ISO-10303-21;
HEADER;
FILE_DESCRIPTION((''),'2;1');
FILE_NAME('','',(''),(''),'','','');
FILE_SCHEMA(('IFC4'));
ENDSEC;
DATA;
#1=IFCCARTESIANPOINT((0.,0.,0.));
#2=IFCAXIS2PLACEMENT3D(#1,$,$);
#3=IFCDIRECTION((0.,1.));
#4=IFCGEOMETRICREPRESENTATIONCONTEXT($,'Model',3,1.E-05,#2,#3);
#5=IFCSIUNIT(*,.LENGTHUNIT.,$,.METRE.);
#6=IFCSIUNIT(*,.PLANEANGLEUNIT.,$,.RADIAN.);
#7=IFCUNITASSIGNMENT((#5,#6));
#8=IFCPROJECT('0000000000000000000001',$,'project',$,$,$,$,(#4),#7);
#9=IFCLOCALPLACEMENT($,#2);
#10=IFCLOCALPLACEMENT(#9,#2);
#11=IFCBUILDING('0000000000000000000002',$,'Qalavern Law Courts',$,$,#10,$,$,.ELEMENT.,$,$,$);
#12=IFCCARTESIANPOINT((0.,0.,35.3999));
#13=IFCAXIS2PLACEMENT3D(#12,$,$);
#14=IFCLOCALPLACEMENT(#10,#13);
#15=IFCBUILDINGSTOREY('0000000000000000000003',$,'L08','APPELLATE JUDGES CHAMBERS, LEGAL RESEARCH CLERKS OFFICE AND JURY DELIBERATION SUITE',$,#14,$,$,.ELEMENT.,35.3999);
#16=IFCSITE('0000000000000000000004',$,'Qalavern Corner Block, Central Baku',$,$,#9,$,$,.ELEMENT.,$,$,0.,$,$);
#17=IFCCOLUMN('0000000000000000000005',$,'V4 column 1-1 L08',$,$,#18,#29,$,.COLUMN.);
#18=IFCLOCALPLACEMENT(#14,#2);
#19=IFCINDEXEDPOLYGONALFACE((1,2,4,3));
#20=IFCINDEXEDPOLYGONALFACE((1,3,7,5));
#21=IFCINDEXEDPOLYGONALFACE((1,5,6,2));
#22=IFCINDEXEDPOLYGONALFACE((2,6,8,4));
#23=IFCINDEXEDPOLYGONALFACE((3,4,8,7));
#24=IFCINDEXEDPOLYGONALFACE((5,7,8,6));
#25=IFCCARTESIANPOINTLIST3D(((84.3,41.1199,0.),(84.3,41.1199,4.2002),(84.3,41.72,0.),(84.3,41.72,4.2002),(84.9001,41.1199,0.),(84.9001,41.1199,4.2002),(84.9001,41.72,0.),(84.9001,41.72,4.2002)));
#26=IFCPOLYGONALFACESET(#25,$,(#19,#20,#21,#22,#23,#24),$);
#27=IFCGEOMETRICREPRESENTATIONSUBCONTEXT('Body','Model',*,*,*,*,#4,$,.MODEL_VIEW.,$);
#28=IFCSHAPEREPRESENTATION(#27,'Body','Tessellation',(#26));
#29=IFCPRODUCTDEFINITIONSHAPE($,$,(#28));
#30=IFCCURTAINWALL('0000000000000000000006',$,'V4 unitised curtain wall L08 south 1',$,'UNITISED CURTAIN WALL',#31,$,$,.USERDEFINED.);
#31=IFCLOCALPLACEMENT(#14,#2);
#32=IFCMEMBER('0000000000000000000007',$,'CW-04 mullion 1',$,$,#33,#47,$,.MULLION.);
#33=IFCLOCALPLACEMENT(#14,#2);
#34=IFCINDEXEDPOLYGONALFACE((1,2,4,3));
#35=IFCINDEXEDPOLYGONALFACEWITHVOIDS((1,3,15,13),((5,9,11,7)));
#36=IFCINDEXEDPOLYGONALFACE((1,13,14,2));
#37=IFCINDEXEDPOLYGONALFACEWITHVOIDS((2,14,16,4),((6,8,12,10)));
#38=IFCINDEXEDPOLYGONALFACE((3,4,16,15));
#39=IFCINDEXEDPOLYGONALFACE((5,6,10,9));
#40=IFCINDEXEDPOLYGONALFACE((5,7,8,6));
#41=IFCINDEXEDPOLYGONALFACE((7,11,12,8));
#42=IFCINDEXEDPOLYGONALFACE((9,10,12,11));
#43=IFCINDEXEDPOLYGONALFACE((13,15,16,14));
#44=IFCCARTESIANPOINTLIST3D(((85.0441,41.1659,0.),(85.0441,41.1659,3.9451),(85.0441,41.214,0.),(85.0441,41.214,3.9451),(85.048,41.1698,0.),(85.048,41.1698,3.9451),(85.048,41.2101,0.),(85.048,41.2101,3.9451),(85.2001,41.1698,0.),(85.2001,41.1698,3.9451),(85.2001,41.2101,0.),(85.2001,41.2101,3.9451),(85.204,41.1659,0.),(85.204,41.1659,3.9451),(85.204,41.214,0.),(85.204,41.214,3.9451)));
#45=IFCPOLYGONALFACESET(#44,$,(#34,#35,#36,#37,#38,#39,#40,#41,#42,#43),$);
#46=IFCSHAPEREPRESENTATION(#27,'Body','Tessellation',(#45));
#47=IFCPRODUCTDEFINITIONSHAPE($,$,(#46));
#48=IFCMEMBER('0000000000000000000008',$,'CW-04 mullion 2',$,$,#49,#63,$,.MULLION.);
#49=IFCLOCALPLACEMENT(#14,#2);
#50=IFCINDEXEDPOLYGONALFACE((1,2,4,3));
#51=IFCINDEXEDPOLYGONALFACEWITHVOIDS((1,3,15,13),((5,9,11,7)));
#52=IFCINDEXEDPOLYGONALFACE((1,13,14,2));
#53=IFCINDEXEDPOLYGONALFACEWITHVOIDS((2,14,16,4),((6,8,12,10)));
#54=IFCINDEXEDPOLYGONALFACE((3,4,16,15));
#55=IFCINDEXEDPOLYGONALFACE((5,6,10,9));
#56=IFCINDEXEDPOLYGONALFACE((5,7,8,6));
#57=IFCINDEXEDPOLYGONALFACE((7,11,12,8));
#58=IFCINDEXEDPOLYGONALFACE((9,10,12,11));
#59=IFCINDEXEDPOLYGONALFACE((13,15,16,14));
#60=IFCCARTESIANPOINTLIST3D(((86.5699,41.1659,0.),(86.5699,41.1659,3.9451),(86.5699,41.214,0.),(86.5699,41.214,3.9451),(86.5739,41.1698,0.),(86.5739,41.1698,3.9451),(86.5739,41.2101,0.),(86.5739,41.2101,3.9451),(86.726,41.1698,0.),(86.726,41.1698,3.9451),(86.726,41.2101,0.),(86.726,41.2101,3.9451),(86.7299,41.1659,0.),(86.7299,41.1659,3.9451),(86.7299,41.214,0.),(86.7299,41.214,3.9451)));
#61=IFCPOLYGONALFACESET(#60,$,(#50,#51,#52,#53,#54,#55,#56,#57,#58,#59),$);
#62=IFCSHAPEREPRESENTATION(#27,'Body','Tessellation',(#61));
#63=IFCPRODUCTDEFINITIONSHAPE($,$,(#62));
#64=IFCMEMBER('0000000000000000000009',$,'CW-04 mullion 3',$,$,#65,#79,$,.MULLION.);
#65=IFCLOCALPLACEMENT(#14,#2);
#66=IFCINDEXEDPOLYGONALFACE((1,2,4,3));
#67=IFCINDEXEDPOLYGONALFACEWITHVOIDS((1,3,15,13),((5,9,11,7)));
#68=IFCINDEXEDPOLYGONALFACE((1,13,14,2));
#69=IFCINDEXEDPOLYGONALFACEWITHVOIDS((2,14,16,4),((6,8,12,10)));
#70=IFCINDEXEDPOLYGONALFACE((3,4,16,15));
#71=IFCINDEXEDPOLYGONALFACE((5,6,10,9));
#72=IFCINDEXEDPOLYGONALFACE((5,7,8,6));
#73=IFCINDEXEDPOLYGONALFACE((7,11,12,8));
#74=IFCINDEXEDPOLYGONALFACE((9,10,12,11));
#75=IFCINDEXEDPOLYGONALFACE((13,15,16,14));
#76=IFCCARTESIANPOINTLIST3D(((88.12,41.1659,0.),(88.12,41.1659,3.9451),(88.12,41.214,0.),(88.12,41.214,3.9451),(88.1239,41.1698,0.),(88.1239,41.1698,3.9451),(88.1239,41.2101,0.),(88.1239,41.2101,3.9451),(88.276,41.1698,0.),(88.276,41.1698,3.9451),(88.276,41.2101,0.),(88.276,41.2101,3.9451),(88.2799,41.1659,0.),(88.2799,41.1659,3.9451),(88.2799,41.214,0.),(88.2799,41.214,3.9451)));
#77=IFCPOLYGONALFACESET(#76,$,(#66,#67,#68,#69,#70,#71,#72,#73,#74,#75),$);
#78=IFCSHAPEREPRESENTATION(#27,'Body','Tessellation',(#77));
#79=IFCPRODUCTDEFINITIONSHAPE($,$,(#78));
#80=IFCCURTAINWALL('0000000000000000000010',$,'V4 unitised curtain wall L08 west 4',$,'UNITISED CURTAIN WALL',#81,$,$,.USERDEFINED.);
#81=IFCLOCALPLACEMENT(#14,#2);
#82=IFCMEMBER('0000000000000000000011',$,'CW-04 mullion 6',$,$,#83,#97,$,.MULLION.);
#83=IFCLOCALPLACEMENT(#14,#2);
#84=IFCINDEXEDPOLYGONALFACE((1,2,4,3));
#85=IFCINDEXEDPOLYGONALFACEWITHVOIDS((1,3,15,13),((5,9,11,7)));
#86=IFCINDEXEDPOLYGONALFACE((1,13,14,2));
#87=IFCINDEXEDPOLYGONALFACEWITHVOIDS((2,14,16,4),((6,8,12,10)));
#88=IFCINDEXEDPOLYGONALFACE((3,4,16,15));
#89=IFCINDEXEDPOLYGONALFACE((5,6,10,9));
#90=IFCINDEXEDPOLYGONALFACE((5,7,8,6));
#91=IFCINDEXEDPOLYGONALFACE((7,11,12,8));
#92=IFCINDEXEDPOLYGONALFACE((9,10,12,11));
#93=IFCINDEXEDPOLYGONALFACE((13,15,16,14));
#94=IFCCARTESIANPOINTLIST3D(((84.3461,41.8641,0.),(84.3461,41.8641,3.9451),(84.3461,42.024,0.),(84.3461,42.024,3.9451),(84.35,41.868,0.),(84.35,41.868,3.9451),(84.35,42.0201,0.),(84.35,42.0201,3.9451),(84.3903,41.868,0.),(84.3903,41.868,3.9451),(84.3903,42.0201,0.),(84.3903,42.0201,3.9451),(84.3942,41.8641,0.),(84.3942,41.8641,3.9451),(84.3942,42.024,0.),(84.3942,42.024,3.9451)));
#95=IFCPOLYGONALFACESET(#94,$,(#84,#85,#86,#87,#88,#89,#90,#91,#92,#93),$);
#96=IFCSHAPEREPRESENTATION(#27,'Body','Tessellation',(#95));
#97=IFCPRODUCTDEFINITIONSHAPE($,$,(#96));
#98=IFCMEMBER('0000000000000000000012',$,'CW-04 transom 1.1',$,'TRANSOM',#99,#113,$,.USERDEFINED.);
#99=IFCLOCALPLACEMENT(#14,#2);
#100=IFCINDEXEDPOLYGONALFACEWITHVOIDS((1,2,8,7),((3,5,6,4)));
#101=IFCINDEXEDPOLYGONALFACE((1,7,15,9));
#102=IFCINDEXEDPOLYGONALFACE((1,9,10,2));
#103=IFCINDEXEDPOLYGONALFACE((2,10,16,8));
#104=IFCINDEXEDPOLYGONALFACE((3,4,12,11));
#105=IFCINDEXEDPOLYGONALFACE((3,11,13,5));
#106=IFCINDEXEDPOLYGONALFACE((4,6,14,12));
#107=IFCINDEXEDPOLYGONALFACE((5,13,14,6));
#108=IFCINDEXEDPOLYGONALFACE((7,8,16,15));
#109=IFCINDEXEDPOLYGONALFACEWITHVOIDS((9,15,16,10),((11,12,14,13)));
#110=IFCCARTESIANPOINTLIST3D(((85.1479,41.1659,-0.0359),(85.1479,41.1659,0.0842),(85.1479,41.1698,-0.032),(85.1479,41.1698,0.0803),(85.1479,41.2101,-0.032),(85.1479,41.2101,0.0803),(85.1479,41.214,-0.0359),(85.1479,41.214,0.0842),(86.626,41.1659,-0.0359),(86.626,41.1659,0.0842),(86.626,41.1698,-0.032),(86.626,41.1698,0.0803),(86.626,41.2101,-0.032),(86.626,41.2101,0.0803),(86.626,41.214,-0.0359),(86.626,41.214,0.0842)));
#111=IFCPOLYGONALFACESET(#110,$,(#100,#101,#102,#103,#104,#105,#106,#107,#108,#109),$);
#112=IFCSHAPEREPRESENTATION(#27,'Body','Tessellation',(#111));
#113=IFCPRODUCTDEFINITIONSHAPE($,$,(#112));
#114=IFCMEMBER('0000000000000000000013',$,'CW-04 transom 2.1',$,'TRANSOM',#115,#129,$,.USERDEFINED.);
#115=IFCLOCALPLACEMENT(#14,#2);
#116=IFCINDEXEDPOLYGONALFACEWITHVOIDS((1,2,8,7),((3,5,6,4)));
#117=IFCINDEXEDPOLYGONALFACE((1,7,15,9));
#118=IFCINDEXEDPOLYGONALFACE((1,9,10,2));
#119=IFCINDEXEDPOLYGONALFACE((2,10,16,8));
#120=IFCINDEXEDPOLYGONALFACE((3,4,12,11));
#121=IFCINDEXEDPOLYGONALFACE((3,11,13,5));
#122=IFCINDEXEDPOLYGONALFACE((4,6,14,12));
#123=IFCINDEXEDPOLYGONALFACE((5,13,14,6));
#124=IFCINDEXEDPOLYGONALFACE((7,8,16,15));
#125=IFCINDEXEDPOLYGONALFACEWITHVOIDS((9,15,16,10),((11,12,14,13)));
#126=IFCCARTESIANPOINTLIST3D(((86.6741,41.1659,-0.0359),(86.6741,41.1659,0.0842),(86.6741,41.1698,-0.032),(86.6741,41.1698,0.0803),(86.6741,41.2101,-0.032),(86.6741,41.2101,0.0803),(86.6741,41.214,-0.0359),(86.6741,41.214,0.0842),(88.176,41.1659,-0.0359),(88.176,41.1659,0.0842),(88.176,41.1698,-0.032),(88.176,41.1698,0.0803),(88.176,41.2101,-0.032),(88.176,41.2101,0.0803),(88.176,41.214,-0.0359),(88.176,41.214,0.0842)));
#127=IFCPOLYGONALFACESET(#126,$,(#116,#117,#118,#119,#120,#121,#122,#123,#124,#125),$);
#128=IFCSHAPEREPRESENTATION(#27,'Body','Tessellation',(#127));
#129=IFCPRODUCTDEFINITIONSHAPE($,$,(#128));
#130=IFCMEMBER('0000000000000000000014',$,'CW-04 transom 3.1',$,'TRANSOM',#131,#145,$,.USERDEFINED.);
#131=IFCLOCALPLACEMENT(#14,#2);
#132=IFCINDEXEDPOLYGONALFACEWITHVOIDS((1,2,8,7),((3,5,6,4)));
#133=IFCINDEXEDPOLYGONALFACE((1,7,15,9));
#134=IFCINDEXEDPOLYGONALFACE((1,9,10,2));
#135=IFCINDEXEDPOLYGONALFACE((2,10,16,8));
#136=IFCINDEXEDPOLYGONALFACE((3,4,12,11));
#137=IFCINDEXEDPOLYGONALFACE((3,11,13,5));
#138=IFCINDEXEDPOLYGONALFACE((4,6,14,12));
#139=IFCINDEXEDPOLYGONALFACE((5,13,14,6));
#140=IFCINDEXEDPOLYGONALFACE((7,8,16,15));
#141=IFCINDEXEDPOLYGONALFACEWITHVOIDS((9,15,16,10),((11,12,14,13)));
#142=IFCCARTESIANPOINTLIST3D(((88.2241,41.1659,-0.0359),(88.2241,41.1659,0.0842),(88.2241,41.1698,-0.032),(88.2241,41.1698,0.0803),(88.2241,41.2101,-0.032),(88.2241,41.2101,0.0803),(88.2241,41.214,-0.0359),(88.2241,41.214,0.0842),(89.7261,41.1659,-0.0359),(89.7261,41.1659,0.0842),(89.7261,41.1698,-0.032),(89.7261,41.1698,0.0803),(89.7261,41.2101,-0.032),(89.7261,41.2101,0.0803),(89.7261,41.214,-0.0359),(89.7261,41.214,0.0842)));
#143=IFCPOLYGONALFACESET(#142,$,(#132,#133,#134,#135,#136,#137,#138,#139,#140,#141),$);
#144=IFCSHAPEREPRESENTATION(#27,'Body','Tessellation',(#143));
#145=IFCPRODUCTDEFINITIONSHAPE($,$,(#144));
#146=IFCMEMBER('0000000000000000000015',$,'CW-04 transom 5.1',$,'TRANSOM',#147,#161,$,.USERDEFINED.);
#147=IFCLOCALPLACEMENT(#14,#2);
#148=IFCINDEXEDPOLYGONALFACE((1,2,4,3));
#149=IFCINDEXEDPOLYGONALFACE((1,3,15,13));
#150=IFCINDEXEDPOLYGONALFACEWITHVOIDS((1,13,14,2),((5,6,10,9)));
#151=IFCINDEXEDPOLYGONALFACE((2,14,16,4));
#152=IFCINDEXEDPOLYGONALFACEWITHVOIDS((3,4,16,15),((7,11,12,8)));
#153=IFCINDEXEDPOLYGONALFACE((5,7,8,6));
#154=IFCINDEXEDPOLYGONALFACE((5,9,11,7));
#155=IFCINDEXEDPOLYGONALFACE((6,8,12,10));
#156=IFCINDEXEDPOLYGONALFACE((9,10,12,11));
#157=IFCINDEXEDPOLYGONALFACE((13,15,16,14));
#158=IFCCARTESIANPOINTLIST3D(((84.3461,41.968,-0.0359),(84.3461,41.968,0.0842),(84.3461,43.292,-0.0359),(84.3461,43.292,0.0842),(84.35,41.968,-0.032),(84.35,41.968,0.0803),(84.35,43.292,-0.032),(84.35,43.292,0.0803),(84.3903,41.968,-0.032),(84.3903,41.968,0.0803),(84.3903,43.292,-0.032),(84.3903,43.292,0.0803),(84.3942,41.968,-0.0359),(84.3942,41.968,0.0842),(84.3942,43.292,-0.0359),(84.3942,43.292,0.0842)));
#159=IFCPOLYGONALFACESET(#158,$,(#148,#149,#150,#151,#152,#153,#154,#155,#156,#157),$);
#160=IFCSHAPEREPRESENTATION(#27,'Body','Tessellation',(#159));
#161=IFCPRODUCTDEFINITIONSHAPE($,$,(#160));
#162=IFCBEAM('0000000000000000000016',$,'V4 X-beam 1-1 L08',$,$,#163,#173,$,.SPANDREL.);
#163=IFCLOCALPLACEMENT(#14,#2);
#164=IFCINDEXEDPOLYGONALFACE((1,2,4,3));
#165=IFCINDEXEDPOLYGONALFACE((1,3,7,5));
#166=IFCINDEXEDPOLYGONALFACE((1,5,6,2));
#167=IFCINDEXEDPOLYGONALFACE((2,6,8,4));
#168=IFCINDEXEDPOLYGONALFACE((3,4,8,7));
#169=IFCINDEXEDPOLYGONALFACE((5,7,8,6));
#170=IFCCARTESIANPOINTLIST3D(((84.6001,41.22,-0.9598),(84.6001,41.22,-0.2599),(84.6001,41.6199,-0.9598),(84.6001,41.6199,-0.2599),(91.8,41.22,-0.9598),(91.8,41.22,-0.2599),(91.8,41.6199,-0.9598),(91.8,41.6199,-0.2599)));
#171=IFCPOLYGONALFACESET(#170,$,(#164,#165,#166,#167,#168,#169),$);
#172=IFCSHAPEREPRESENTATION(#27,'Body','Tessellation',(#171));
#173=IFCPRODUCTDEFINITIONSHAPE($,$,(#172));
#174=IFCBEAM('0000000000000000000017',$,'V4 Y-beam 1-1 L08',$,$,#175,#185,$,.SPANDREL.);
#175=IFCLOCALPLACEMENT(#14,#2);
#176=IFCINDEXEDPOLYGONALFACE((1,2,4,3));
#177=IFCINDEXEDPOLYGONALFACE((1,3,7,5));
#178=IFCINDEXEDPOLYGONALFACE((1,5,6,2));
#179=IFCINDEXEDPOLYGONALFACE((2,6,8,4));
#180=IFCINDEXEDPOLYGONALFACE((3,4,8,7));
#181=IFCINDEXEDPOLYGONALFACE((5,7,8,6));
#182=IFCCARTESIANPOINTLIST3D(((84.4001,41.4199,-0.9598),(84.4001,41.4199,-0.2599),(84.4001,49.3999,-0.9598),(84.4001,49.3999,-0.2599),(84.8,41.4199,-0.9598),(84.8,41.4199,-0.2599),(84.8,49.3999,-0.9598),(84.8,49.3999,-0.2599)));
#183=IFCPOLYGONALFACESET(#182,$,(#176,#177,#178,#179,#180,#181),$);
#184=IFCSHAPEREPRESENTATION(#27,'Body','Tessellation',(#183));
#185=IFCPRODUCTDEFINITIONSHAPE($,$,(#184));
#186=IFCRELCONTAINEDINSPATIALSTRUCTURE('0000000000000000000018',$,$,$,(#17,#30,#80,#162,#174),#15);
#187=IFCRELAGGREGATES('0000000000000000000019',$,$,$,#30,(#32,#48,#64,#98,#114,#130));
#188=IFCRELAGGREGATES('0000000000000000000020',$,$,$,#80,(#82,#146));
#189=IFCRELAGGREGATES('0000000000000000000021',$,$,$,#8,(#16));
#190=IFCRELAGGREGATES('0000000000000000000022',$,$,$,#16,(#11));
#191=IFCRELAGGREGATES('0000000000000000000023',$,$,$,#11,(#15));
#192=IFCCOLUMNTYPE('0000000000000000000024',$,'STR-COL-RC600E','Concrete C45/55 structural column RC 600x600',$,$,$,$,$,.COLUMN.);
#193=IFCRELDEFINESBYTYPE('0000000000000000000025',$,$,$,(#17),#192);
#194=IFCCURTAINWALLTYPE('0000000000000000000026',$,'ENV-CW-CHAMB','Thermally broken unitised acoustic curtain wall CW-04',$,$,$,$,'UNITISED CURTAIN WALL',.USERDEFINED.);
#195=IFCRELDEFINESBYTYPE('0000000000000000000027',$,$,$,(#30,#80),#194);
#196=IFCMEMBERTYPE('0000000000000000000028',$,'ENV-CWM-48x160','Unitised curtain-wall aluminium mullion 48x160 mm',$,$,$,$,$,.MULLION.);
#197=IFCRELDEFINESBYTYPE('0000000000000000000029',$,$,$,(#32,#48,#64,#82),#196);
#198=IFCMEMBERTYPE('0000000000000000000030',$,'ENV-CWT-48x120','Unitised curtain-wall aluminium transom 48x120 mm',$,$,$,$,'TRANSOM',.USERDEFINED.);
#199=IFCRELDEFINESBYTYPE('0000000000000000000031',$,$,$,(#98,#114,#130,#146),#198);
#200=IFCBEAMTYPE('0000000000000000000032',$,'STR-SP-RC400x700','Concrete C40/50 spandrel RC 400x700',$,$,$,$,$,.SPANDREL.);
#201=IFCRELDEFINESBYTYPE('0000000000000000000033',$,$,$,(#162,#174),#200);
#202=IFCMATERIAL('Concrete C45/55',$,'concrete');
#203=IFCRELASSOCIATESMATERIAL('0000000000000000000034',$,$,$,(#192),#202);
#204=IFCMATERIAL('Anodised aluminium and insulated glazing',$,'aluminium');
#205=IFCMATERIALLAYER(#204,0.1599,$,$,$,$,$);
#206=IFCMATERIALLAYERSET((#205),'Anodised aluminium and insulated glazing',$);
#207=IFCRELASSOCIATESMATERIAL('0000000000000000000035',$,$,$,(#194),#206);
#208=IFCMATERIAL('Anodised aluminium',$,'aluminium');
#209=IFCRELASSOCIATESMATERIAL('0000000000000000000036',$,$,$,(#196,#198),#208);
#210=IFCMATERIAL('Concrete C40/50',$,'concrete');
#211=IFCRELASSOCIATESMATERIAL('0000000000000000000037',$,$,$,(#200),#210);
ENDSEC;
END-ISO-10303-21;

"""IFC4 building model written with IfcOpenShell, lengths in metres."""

from ifc_helpers import new_model, si_unit, direction, frame, origin, origin_2d, place, context, subcontext, project, spatial, rectangle, hollow_rectangle, extrude, material, layer, layer_set, material_profile, profile_set, type_object, element, aggregate, save


model = new_model("IFC4")

# Units and contexts
model_context = context("Model", 3, precision=1e-05, world=origin(), true_north=direction((0.0, 1.0)))
body_context = subcontext(model_context, "Body", "Model", "MODEL_VIEW")
ifc_project = project(units=[si_unit("LENGTHUNIT", "METRE"), si_unit("PLANEANGLEUNIT", "RADIAN")], contexts=[model_context])

# Site, building, storey
site_placement = place(None, origin())
site = spatial("IfcSite", under=ifc_project, at=site_placement, Name="Qalavern Corner Block, Central Baku", CompositionType="ELEMENT", RefElevation=0.0)
building_placement = place(site_placement, origin())
building = spatial("IfcBuilding", under=site, at=building_placement, Name="Qalavern Law Courts", CompositionType="ELEMENT")
storey_placement = place(building_placement, frame((0.0, 0.0, 35.3999)))
storey = spatial("IfcBuildingStorey", under=building, at=storey_placement, Name="L08", Description="APPELLATE JUDGES CHAMBERS, LEGAL RESEARCH CLERKS OFFICE AND JURY DELIBERATION SUITE", CompositionType="ELEMENT", Elevation=35.3999)

# Column
ifc_material_1 = material(Name="Concrete C45/55", Category="concrete")
ifc_material_profile_1 = material_profile(ifc_material_1, rectangle(XDim=0.6001, YDim=0.6001, at=origin_2d()), Name="RC 600x600")
ifc_profile_set_1 = profile_set([ifc_material_profile_1], Name="Concrete C45/55")
column_type = type_object("IfcColumnType", Name="STR-COL-RC600E", Description="Concrete C45/55 structural column RC 600x600", PredefinedType="COLUMN", material=ifc_profile_set_1)
column_placement = place(storey_placement, frame((84.6001, 41.4199, 0.0), z_axis=(0.0, 0.0, 1.0), x_axis=(1.0, 0.0, 0.0)))
element("IfcColumn", 1, at=column_placement, inside=storey, type_object=column_type, Name="V4 column 1-1 L08", PredefinedType="COLUMN", context=body_context, shape_type="SweptSolid", body=[
    extrude(rectangle(XDim=0.6001, YDim=0.6001, at=origin_2d()), origin(), (0.0, 0.0, 1.0), 4.2002),
])

# Curtain wall, members
ifc_material_2 = material(Name="Anodised aluminium and insulated glazing", Category="aluminium")
ifc_layer_1 = layer(ifc_material_2, 0.1599)
ifc_layer_set_1 = layer_set([ifc_layer_1], Name="Anodised aluminium and insulated glazing")
curtain_wall_type = type_object("IfcCurtainWallType", Name="ENV-CW-CHAMB", Description="Thermally broken unitised acoustic curtain wall CW-04", ElementType="UNITISED CURTAIN WALL", PredefinedType="USERDEFINED", material=ifc_layer_set_1)
curtain_wall_1_placement = place(storey_placement, origin())
curtain_wall_1 = element("IfcCurtainWall", 2, at=curtain_wall_1_placement, inside=storey, type_object=curtain_wall_type, Name="V4 unitised curtain wall L08 south 1", ObjectType="UNITISED CURTAIN WALL", PredefinedType="USERDEFINED")
ifc_material_3 = material(Name="Anodised aluminium", Category="aluminium")
ifc_material_profile_2 = material_profile(ifc_material_3, hollow_rectangle(XDim=0.0481, YDim=0.1599, WallThickness=0.0039, at=origin_2d()), Name="ALU MULLION 48x160")
ifc_profile_set_2 = profile_set([ifc_material_profile_2], Name="Anodised aluminium")
member_type_1 = type_object("IfcMemberType", Name="ENV-CWM-48x160", Description="Unitised curtain-wall aluminium mullion 48x160 mm", PredefinedType="MULLION", material=ifc_profile_set_2)
member_1_placement = place(storey_placement, frame((85.124, 41.1899, 0.0), z_axis=(0.0, 0.0, 1.0), x_axis=(0.0, 1.0, 0.0)))
member_1 = element("IfcMember", 3, at=member_1_placement, type_object=member_type_1, Name="CW-04 mullion 1", PredefinedType="MULLION", context=body_context, shape_type="SweptSolid", body=[
    extrude(hollow_rectangle(XDim=0.0481, YDim=0.1599, WallThickness=0.0039, at=origin_2d()), origin(), (0.0, 0.0, 1.0), 3.9451),
])
member_2_placement = place(storey_placement, frame((86.6499, 41.1899, 0.0), z_axis=(0.0, 0.0, 1.0), x_axis=(0.0, 1.0, 0.0)))
member_2 = element("IfcMember", 4, at=member_2_placement, type_object=member_type_1, Name="CW-04 mullion 2", PredefinedType="MULLION", context=body_context, shape_type="SweptSolid", body=[
    extrude(hollow_rectangle(XDim=0.0481, YDim=0.1599, WallThickness=0.0039, at=origin_2d()), origin(), (0.0, 0.0, 1.0), 3.9451),
])
member_3_placement = place(storey_placement, frame((88.2, 41.1899, 0.0), z_axis=(0.0, 0.0, 1.0), x_axis=(0.0, 1.0, 0.0)))
member_3 = element("IfcMember", 5, at=member_3_placement, type_object=member_type_1, Name="CW-04 mullion 3", PredefinedType="MULLION", context=body_context, shape_type="SweptSolid", body=[
    extrude(hollow_rectangle(XDim=0.0481, YDim=0.1599, WallThickness=0.0039, at=origin_2d()), origin(), (0.0, 0.0, 1.0), 3.9451),
])

# Curtain wall, member
curtain_wall_2_placement = place(storey_placement, origin())
curtain_wall_2 = element("IfcCurtainWall", 6, at=curtain_wall_2_placement, inside=storey, type_object=curtain_wall_type, Name="V4 unitised curtain wall L08 west 4", ObjectType="UNITISED CURTAIN WALL", PredefinedType="USERDEFINED")
member_4_placement = place(storey_placement, frame((84.3701, 41.9441, 0.0), z_axis=(0.0, 0.0, 1.0), x_axis=(1.0, 0.0, 0.0)))
member_4 = element("IfcMember", 7, at=member_4_placement, type_object=member_type_1, Name="CW-04 mullion 6", PredefinedType="MULLION", context=body_context, shape_type="SweptSolid", body=[
    extrude(hollow_rectangle(XDim=0.0481, YDim=0.1599, WallThickness=0.0039, at=origin_2d()), origin(), (0.0, 0.0, 1.0), 3.9451),
])

# Members
ifc_material_profile_3 = material_profile(ifc_material_3, hollow_rectangle(XDim=0.0481, YDim=0.1201, WallThickness=0.0039, at=origin_2d()), Name="ALU TRANSOM 48x120")
ifc_profile_set_3 = profile_set([ifc_material_profile_3], Name="Anodised aluminium")
member_type_2 = type_object("IfcMemberType", Name="ENV-CWT-48x120", Description="Unitised curtain-wall aluminium transom 48x120 mm", ElementType="TRANSOM", PredefinedType="USERDEFINED", material=ifc_profile_set_3)
member_5_placement = place(storey_placement, frame((85.1479, 41.1899, 0.0242), z_axis=(1.0, 0.0, 0.0), x_axis=(0.0, 1.0, 0.0)))
member_5 = element("IfcMember", 8, at=member_5_placement, type_object=member_type_2, Name="CW-04 transom 1.1", ObjectType="TRANSOM", PredefinedType="USERDEFINED", context=body_context, shape_type="SweptSolid", body=[
    extrude(hollow_rectangle(XDim=0.0481, YDim=0.1201, WallThickness=0.0039, at=origin_2d()), origin(), (0.0, 0.0, 1.0), 1.478),
])
member_6_placement = place(storey_placement, frame((86.6741, 41.1899, 0.0242), z_axis=(1.0, 0.0, 0.0), x_axis=(0.0, 1.0, 0.0)))
member_6 = element("IfcMember", 9, at=member_6_placement, type_object=member_type_2, Name="CW-04 transom 2.1", ObjectType="TRANSOM", PredefinedType="USERDEFINED", context=body_context, shape_type="SweptSolid", body=[
    extrude(hollow_rectangle(XDim=0.0481, YDim=0.1201, WallThickness=0.0039, at=origin_2d()), origin(), (0.0, 0.0, 1.0), 1.502),
])
member_7_placement = place(storey_placement, frame((88.2241, 41.1899, 0.0242), z_axis=(1.0, 0.0, 0.0), x_axis=(0.0, 1.0, 0.0)))
member_7 = element("IfcMember", 10, at=member_7_placement, type_object=member_type_2, Name="CW-04 transom 3.1", ObjectType="TRANSOM", PredefinedType="USERDEFINED", context=body_context, shape_type="SweptSolid", body=[
    extrude(hollow_rectangle(XDim=0.0481, YDim=0.1201, WallThickness=0.0039, at=origin_2d()), origin(), (0.0, 0.0, 1.0), 1.502),
])
member_8_placement = place(storey_placement, frame((84.3701, 43.292, 0.0242), z_axis=(0.0, -1.0, 0.0), x_axis=(1.0, 0.0, 0.0)))
member_8 = element("IfcMember", 11, at=member_8_placement, type_object=member_type_2, Name="CW-04 transom 5.1", ObjectType="TRANSOM", PredefinedType="USERDEFINED", context=body_context, shape_type="SweptSolid", body=[
    extrude(hollow_rectangle(XDim=0.0481, YDim=0.1201, WallThickness=0.0039, at=origin_2d()), origin(), (0.0, 0.0, 1.0), 1.324),
])

# Beams
ifc_material_4 = material(Name="Concrete C40/50", Category="concrete")
ifc_material_profile_4 = material_profile(ifc_material_4, rectangle(XDim=0.3999, YDim=0.7, at=origin_2d()), Name="RC 400x700")
ifc_profile_set_4 = profile_set([ifc_material_profile_4], Name="Concrete C40/50")
beam_type = type_object("IfcBeamType", Name="STR-SP-RC400x700", Description="Concrete C40/50 spandrel RC 400x700", PredefinedType="SPANDREL", material=ifc_profile_set_4)
beam_1_placement = place(storey_placement, frame((84.6001, 41.4199, -0.6099), z_axis=(1.0, 0.0, 0.0), x_axis=(0.0, 1.0, 0.0)))
element("IfcBeam", 12, at=beam_1_placement, inside=storey, type_object=beam_type, Name="V4 X-beam 1-1 L08", PredefinedType="SPANDREL", context=body_context, shape_type="SweptSolid", body=[
    extrude(rectangle(XDim=0.3999, YDim=0.7, at=origin_2d()), origin(), (0.0, 0.0, 1.0), 7.2),
])
beam_2_placement = place(storey_placement, frame((84.6001, 41.4199, -0.6099), z_axis=(0.0, 1.0, 0.0), x_axis=(-1.0, 0.0, 0.0)))
element("IfcBeam", 13, at=beam_2_placement, inside=storey, type_object=beam_type, Name="V4 Y-beam 1-1 L08", PredefinedType="SPANDREL", context=body_context, shape_type="SweptSolid", body=[
    extrude(rectangle(XDim=0.3999, YDim=0.7, at=origin_2d()), origin(), (0.0, 0.0, 1.0), 7.98),
])

aggregate(curtain_wall_1, [member_1, member_2, member_3, member_5, member_6, member_7])
aggregate(curtain_wall_2, [member_4, member_8])

save(model, "model.ifc")
